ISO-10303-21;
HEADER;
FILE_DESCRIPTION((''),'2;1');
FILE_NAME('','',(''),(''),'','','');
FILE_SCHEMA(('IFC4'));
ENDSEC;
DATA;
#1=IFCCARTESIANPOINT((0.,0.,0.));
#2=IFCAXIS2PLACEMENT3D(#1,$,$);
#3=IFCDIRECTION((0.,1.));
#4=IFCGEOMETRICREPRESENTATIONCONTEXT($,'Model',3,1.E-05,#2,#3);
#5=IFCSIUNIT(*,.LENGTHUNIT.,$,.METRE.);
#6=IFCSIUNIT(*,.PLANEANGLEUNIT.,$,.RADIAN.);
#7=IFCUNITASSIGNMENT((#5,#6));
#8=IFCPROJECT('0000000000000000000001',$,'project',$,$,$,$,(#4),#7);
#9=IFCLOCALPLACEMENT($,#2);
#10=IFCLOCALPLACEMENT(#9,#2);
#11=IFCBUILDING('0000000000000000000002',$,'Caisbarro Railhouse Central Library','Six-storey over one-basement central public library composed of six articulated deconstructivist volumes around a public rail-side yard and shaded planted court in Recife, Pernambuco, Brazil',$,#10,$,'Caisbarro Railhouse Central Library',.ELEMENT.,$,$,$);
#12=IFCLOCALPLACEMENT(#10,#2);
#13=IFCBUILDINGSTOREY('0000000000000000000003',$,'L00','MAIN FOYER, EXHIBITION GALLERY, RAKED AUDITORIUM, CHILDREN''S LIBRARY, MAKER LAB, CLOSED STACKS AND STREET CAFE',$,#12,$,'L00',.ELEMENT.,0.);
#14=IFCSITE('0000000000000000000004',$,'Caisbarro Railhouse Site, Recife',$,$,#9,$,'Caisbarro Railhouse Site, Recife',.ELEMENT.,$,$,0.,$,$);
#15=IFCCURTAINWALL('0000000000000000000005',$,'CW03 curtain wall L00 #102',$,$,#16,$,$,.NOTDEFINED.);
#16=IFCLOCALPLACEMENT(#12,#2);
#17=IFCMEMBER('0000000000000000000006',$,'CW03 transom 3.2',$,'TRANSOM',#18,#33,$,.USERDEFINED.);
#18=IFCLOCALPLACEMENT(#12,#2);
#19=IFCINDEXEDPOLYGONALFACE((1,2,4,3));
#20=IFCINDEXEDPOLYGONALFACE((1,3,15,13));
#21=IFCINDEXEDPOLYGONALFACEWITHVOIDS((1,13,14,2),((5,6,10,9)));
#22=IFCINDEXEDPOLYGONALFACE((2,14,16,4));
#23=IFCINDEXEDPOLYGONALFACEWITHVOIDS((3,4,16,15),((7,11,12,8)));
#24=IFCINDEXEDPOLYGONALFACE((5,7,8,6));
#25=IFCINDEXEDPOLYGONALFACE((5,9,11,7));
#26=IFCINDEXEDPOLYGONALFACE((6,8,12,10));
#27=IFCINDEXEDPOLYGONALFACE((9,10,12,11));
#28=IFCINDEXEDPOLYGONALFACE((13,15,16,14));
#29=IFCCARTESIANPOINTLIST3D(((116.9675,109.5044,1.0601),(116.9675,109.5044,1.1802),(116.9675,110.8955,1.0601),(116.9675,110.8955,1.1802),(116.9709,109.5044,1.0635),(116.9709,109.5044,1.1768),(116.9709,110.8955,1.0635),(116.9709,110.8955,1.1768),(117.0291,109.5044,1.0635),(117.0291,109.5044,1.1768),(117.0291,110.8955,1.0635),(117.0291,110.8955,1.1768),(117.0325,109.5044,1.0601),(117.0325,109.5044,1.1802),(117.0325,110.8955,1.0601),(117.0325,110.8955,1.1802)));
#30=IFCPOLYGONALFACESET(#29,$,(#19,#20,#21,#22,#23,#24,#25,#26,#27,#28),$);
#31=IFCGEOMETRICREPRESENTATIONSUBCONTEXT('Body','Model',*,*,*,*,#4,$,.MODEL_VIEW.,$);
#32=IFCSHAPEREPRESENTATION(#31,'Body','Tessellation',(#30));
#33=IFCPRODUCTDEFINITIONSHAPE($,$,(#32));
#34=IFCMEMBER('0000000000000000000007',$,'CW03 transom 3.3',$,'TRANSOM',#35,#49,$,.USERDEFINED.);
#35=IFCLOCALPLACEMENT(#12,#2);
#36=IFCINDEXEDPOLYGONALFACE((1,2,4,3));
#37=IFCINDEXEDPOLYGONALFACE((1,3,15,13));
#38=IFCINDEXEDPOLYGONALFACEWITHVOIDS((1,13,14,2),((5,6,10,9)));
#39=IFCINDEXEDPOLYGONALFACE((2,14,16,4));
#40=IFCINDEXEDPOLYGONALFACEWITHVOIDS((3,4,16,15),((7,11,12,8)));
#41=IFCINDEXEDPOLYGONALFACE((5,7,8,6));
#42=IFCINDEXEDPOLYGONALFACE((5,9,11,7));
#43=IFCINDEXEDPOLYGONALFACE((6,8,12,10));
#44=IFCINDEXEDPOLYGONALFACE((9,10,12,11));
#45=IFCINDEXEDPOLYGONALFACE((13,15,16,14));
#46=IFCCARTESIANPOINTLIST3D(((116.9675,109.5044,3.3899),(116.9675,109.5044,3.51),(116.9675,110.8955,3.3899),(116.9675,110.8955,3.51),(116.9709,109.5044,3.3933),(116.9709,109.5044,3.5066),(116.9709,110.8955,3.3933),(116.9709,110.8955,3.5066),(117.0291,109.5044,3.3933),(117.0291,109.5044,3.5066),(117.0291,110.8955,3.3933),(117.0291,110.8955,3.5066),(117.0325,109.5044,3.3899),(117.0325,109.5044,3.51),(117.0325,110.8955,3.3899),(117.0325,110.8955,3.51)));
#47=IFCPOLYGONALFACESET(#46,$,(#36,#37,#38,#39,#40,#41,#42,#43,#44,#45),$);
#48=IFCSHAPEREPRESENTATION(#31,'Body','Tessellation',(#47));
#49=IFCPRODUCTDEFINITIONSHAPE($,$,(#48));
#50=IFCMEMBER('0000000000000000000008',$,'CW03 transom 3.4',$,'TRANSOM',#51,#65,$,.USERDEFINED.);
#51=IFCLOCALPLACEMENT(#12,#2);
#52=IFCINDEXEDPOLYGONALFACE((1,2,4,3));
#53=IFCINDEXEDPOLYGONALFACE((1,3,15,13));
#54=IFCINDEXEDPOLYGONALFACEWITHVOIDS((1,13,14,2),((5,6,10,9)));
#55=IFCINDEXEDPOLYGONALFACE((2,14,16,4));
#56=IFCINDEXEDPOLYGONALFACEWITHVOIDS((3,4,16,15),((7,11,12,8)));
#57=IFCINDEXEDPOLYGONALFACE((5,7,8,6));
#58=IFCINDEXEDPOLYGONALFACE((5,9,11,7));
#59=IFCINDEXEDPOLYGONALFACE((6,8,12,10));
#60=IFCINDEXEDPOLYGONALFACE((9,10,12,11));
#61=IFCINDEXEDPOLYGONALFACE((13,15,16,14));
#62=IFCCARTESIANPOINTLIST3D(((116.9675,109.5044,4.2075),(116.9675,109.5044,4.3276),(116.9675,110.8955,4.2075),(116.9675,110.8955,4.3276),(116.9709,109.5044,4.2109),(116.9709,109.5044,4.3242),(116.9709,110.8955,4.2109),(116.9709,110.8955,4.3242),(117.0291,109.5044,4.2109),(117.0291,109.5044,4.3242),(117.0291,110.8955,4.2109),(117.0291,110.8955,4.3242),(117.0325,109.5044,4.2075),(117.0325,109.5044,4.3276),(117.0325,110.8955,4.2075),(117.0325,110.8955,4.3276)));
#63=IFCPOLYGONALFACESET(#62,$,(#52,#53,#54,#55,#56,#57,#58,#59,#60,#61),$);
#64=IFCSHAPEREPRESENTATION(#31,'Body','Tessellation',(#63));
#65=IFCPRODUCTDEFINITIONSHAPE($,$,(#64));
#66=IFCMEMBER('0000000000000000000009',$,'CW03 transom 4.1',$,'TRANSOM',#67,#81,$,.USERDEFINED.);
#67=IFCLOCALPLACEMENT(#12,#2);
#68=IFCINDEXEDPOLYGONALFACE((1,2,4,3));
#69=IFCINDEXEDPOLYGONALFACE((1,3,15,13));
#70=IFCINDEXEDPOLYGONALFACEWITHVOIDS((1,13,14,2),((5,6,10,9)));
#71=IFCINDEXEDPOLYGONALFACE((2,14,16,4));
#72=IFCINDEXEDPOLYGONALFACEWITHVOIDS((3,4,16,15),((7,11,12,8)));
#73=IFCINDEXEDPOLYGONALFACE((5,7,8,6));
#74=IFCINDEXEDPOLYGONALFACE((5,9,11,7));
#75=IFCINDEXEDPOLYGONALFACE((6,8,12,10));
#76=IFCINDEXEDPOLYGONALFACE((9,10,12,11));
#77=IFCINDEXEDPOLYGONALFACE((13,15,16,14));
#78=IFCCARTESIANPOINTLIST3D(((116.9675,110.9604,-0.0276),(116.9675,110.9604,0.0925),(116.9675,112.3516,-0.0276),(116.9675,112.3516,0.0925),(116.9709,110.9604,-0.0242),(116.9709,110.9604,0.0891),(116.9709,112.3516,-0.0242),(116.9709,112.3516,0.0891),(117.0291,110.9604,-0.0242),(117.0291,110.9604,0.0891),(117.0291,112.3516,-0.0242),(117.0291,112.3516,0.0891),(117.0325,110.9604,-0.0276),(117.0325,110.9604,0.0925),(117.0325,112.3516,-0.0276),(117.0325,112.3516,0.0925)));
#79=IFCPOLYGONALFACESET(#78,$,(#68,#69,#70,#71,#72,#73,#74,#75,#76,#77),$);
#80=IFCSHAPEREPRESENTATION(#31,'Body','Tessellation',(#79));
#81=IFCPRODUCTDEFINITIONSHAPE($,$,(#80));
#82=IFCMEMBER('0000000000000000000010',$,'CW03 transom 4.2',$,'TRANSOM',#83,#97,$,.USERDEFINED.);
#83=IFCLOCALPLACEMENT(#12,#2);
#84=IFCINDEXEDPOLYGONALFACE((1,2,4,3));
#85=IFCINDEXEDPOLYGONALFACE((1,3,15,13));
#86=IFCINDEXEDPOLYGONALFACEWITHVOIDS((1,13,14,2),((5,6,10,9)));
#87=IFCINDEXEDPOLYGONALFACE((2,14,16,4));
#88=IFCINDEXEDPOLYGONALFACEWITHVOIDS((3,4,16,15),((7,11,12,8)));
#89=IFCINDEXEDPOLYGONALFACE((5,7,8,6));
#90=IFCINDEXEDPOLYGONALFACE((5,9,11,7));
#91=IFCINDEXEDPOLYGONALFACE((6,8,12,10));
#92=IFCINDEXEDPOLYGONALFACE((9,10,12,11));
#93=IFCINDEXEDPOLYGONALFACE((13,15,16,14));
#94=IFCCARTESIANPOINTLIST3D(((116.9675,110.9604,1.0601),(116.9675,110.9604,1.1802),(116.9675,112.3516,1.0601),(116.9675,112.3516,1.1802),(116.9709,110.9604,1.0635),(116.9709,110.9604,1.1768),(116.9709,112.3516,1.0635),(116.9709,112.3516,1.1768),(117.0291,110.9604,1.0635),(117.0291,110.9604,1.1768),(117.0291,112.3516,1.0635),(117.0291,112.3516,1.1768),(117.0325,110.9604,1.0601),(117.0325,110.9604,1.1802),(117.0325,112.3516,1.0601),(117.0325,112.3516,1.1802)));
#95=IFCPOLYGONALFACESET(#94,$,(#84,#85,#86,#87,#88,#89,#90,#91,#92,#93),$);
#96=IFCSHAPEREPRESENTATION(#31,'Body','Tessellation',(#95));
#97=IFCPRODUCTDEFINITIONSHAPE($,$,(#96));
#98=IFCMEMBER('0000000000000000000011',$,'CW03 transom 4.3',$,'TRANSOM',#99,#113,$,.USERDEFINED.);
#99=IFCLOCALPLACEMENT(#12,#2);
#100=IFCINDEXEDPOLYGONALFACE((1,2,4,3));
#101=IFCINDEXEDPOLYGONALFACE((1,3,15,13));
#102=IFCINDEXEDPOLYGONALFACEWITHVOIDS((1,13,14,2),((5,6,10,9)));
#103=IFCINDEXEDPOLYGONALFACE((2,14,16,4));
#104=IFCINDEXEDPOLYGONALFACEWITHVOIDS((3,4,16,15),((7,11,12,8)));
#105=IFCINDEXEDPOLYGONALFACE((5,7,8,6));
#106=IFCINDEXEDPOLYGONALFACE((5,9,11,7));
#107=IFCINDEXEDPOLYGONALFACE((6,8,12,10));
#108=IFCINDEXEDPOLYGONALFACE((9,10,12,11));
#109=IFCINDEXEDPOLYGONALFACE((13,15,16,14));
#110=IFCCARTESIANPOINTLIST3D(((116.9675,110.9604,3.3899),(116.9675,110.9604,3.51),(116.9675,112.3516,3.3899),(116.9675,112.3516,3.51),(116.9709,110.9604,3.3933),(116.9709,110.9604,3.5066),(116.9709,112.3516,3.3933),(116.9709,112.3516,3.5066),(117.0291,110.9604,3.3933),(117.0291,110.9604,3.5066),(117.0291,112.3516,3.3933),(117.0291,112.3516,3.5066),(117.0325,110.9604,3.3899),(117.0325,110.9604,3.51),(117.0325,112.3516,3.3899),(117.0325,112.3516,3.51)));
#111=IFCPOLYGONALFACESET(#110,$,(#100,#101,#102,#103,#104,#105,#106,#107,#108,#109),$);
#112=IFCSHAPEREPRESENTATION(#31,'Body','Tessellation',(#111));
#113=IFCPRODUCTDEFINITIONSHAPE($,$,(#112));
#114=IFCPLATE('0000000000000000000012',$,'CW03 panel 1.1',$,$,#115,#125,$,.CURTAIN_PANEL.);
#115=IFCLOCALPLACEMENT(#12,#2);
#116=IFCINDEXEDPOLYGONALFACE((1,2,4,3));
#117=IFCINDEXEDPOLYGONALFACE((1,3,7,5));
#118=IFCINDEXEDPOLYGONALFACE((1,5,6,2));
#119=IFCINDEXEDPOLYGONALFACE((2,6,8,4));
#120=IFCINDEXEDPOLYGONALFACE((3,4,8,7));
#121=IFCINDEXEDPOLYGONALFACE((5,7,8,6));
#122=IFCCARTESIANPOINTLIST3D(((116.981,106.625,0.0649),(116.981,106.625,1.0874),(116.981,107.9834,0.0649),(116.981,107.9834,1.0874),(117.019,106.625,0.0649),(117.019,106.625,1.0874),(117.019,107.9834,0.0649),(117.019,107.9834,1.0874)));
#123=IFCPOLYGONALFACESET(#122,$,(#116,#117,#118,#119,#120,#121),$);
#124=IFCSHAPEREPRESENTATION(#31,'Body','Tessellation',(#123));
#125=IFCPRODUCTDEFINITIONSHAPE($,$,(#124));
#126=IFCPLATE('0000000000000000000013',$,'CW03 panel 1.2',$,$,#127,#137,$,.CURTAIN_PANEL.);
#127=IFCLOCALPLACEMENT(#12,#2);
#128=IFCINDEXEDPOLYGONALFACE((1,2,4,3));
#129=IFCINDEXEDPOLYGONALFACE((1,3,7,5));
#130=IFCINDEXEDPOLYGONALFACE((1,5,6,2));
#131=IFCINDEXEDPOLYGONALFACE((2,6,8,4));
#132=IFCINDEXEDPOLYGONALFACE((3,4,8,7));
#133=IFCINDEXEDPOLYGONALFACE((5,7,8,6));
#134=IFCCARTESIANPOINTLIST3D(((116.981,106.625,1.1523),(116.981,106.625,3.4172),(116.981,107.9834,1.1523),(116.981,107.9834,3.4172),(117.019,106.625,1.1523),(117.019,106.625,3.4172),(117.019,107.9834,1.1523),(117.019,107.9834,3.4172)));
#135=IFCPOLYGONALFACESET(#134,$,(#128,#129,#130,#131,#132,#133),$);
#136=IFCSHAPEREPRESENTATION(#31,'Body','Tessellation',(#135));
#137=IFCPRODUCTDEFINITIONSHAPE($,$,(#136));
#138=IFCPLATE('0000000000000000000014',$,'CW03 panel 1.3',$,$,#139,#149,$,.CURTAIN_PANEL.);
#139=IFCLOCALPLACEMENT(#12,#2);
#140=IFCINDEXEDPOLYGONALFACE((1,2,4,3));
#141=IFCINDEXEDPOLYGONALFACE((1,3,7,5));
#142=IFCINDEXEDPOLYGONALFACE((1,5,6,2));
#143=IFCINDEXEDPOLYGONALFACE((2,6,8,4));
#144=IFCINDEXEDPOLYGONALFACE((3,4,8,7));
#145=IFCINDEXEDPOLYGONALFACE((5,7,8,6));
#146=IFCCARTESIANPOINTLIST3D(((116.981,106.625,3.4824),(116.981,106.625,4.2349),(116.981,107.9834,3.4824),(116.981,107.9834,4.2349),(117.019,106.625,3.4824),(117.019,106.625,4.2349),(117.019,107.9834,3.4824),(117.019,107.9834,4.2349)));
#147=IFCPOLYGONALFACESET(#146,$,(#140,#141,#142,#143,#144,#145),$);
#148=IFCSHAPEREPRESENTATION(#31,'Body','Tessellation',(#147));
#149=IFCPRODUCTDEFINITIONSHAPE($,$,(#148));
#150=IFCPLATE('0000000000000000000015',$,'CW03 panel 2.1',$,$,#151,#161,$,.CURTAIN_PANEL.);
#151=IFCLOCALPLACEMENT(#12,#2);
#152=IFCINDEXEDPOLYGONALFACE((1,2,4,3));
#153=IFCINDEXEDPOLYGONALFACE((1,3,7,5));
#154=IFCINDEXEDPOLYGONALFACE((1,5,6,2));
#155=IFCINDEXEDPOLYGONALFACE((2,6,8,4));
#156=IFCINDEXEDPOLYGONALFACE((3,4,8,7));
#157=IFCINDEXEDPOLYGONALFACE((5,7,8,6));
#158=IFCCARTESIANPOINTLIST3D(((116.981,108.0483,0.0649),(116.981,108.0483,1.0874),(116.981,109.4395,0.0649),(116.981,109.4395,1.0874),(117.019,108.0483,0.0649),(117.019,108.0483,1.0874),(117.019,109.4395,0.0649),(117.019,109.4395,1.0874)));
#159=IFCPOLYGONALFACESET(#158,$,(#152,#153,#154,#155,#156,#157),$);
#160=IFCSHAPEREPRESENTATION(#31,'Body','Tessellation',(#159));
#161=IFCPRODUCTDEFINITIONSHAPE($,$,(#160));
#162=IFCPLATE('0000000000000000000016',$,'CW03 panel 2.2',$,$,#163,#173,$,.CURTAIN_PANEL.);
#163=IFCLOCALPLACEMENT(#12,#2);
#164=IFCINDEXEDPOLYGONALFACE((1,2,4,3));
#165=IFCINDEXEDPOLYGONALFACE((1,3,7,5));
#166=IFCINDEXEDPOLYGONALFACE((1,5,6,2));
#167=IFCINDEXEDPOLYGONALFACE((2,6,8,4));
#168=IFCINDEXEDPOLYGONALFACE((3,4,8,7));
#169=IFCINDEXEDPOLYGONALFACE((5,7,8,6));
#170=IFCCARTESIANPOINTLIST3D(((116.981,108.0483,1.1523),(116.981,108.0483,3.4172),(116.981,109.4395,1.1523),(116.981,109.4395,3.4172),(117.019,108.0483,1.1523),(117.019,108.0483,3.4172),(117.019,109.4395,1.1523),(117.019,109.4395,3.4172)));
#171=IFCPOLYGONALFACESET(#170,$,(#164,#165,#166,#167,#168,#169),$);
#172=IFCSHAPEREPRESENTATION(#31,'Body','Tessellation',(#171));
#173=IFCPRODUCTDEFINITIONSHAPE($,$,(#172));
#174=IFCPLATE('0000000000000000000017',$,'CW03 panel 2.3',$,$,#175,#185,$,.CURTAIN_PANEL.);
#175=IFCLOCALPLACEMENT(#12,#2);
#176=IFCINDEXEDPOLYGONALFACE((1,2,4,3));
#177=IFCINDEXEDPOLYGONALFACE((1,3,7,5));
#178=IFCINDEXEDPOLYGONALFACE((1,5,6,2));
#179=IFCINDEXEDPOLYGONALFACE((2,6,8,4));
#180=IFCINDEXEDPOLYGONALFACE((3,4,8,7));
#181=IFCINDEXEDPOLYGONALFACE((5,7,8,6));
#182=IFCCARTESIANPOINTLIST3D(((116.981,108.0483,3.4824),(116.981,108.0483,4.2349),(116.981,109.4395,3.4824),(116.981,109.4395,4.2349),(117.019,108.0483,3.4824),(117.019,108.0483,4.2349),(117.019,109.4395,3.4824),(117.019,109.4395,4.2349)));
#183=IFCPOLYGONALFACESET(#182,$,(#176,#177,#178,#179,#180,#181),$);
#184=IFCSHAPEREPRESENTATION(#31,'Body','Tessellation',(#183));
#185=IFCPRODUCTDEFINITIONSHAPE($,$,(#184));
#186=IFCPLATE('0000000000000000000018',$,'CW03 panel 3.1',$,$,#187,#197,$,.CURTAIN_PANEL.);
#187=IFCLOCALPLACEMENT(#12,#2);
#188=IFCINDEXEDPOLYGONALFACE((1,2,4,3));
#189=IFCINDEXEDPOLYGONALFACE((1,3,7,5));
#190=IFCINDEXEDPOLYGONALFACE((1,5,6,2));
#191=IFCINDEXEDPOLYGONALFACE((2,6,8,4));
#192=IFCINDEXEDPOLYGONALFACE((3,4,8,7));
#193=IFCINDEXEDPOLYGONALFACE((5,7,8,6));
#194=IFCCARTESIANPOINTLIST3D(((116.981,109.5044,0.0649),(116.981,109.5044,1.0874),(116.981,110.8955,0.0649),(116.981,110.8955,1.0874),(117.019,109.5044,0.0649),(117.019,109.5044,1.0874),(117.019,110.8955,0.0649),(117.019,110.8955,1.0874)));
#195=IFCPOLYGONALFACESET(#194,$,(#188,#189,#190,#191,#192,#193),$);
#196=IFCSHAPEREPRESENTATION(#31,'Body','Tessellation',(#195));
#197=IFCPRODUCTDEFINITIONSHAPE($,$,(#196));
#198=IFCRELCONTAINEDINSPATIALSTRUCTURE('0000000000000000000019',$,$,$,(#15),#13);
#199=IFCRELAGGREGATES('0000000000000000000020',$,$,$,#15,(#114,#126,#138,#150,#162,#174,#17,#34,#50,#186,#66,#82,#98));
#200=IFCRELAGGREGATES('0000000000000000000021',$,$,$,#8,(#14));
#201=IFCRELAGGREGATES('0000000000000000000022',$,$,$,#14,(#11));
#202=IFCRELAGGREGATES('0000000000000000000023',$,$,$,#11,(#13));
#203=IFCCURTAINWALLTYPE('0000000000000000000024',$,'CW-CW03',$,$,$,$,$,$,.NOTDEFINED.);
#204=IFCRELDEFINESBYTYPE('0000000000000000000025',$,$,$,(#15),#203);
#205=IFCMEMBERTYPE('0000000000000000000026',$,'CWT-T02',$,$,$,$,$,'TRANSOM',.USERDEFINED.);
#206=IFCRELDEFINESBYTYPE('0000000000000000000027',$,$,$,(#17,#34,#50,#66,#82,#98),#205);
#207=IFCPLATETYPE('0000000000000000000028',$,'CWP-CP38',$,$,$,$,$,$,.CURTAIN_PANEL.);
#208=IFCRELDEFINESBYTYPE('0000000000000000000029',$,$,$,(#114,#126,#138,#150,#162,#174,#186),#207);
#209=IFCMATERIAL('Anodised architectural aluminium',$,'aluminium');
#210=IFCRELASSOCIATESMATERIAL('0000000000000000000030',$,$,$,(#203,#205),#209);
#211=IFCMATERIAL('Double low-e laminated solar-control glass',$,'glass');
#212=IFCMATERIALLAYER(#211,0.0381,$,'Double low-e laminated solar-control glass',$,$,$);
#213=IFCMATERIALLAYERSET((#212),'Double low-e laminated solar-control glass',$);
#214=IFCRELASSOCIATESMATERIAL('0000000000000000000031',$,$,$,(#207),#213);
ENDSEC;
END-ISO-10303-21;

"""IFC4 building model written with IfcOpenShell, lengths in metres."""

from ifc_helpers import new_model, si_unit, direction, frame, origin, origin_2d, place, context, subcontext, project, spatial, rectangle, hollow_rectangle, extrude, material, layer, layer_set, material_profile, profile_set, type_object, element, aggregate, save


model = new_model("IFC4")

# Units and contexts
model_context = context("Model", 3, precision=1e-05, world=origin(), true_north=direction((0.0, 1.0)))
body_context = subcontext(model_context, "Body", "Model", "MODEL_VIEW")
ifc_project = project(units=[si_unit("LENGTHUNIT", "METRE"), si_unit("PLANEANGLEUNIT", "RADIAN")], contexts=[model_context])

# Site, building, storey
site_placement = place(None, origin())
site = spatial("IfcSite", under=ifc_project, at=site_placement, Name="Caisbarro Railhouse Site, Recife", LongName="Caisbarro Railhouse Site, Recife", CompositionType="ELEMENT", RefElevation=0.0)
building_placement = place(site_placement, origin())
building = spatial("IfcBuilding", under=site, at=building_placement, Name="Caisbarro Railhouse Central Library", Description="Six-storey over one-basement central public library composed of six articulated deconstructivist volumes around a public rail-side yard and shaded planted court in Recife, Pernambuco, Brazil", LongName="Caisbarro Railhouse Central Library", CompositionType="ELEMENT")
storey_placement = place(building_placement, origin())
storey = spatial("IfcBuildingStorey", under=building, at=storey_placement, Name="L00", Description="MAIN FOYER, EXHIBITION GALLERY, RAKED AUDITORIUM, CHILDREN'S LIBRARY, MAKER LAB, CLOSED STACKS AND STREET CAFE", LongName="L00", CompositionType="ELEMENT", Elevation=0.0)

# Curtain wall, members, plates
ifc_material_1 = material(Name="Anodised architectural aluminium", Category="aluminium")
curtain_wall_type = type_object("IfcCurtainWallType", Name="CW-CW03", PredefinedType="NOTDEFINED", material=ifc_material_1)
curtain_wall_placement = place(storey_placement, origin())
curtain_wall = element("IfcCurtainWall", 1, at=curtain_wall_placement, inside=storey, type_object=curtain_wall_type, Name="CW03 curtain wall L00 #102", PredefinedType="NOTDEFINED")
ifc_material_profile_1 = material_profile(ifc_material_1, hollow_rectangle(XDim=0.0649, YDim=0.1201, WallThickness=0.0034, at=origin_2d()), Name="ALU-TRN-65X120")
ifc_profile_set_1 = profile_set([ifc_material_profile_1], Name="Anodised architectural aluminium")
member_type_1 = type_object("IfcMemberType", Name="CWT-T02", ElementType="TRANSOM", PredefinedType="USERDEFINED", material=ifc_profile_set_1)
member_1_placement = place(storey_placement, frame((117.0, 109.5044, 1.1201), z_axis=(0.0, 1.0, 0.0), x_axis=(-1.0, 0.0, 0.0)))
member_1 = element("IfcMember", 2, at=member_1_placement, type_object=member_type_1, Name="CW03 transom 3.2", ObjectType="TRANSOM", PredefinedType="USERDEFINED", context=body_context, shape_type="SweptSolid", body=[
    extrude(hollow_rectangle(XDim=0.0649, YDim=0.1201, WallThickness=0.0034, at=origin_2d()), origin(), (0.0, 0.0, 1.0), 1.3911),
])
member_2_placement = place(storey_placement, frame((117.0, 109.5044, 3.45), z_axis=(0.0, 1.0, 0.0), x_axis=(-1.0, 0.0, 0.0)))
member_2 = element("IfcMember", 3, at=member_2_placement, type_object=member_type_1, Name="CW03 transom 3.3", ObjectType="TRANSOM", PredefinedType="USERDEFINED", context=body_context, shape_type="SweptSolid", body=[
    extrude(hollow_rectangle(XDim=0.0649, YDim=0.1201, WallThickness=0.0034, at=origin_2d()), origin(), (0.0, 0.0, 1.0), 1.3911),
])
member_3_placement = place(storey_placement, frame((117.0, 109.5044, 4.2676), z_axis=(0.0, 1.0, 0.0), x_axis=(-1.0, 0.0, 0.0)))
member_3 = element("IfcMember", 4, at=member_3_placement, type_object=member_type_1, Name="CW03 transom 3.4", ObjectType="TRANSOM", PredefinedType="USERDEFINED", context=body_context, shape_type="SweptSolid", body=[
    extrude(hollow_rectangle(XDim=0.0649, YDim=0.1201, WallThickness=0.0034, at=origin_2d()), origin(), (0.0, 0.0, 1.0), 1.3911),
])
member_4_placement = place(storey_placement, frame((117.0, 110.9604, 0.0325), z_axis=(0.0, 1.0, 0.0), x_axis=(-1.0, 0.0, 0.0)))
member_4 = element("IfcMember", 5, at=member_4_placement, type_object=member_type_1, Name="CW03 transom 4.1", ObjectType="TRANSOM", PredefinedType="USERDEFINED", context=body_context, shape_type="SweptSolid", body=[
    extrude(hollow_rectangle(XDim=0.0649, YDim=0.1201, WallThickness=0.0034, at=origin_2d()), origin(), (0.0, 0.0, 1.0), 1.3911),
])
member_5_placement = place(storey_placement, frame((117.0, 110.9604, 1.1201), z_axis=(0.0, 1.0, 0.0), x_axis=(-1.0, 0.0, 0.0)))
member_5 = element("IfcMember", 6, at=member_5_placement, type_object=member_type_1, Name="CW03 transom 4.2", ObjectType="TRANSOM", PredefinedType="USERDEFINED", context=body_context, shape_type="SweptSolid", body=[
    extrude(hollow_rectangle(XDim=0.0649, YDim=0.1201, WallThickness=0.0034, at=origin_2d()), origin(), (0.0, 0.0, 1.0), 1.3911),
])
member_6_placement = place(storey_placement, frame((117.0, 110.9604, 3.45), z_axis=(0.0, 1.0, 0.0), x_axis=(-1.0, 0.0, 0.0)))
member_6 = element("IfcMember", 7, at=member_6_placement, type_object=member_type_1, Name="CW03 transom 4.3", ObjectType="TRANSOM", PredefinedType="USERDEFINED", context=body_context, shape_type="SweptSolid", body=[
    extrude(hollow_rectangle(XDim=0.0649, YDim=0.1201, WallThickness=0.0034, at=origin_2d()), origin(), (0.0, 0.0, 1.0), 1.3911),
])
ifc_material_2 = material(Name="Double low-e laminated solar-control glass", Category="glass")
ifc_layer_1 = layer(ifc_material_2, 0.0381, Name="Double low-e laminated solar-control glass")
ifc_layer_set_1 = layer_set([ifc_layer_1], Name="Double low-e laminated solar-control glass")
plate_type = type_object("IfcPlateType", Name="CWP-CP38", PredefinedType="CURTAIN_PANEL", material=ifc_layer_set_1)
plate_1_placement = place(storey_placement, frame((117.0, 107.3042, 0.0649), z_axis=(0.0, 0.0, 1.0), x_axis=(0.0, 1.0, 0.0)))
plate_1 = element("IfcPlate", 8, at=plate_1_placement, type_object=plate_type, Name="CW03 panel 1.1", PredefinedType="CURTAIN_PANEL", context=body_context, shape_type="SweptSolid", body=[
    extrude(rectangle(XDim=1.3584, YDim=0.0381, at=origin_2d()), origin(), (0.0, 0.0, 1.0), 1.0225),
])
plate_2_placement = place(storey_placement, frame((117.0, 107.3042, 1.1523), z_axis=(0.0, 0.0, 1.0), x_axis=(0.0, 1.0, 0.0)))
plate_2 = element("IfcPlate", 9, at=plate_2_placement, type_object=plate_type, Name="CW03 panel 1.2", PredefinedType="CURTAIN_PANEL", context=body_context, shape_type="SweptSolid", body=[
    extrude(rectangle(XDim=1.3584, YDim=0.0381, at=origin_2d()), origin(), (0.0, 0.0, 1.0), 2.2649),
])
plate_3_placement = place(storey_placement, frame((117.0, 107.3042, 3.4824), z_axis=(0.0, 0.0, 1.0), x_axis=(0.0, 1.0, 0.0)))
plate_3 = element("IfcPlate", 10, at=plate_3_placement, type_object=plate_type, Name="CW03 panel 1.3", PredefinedType="CURTAIN_PANEL", context=body_context, shape_type="SweptSolid", body=[
    extrude(rectangle(XDim=1.3584, YDim=0.0381, at=origin_2d()), origin(), (0.0, 0.0, 1.0), 0.7524),
])
plate_4_placement = place(storey_placement, frame((117.0, 108.7439, 0.0649), z_axis=(0.0, 0.0, 1.0), x_axis=(0.0, 1.0, 0.0)))
plate_4 = element("IfcPlate", 11, at=plate_4_placement, type_object=plate_type, Name="CW03 panel 2.1", PredefinedType="CURTAIN_PANEL", context=body_context, shape_type="SweptSolid", body=[
    extrude(rectangle(XDim=1.3911, YDim=0.0381, at=origin_2d()), origin(), (0.0, 0.0, 1.0), 1.0225),
])
plate_5_placement = place(storey_placement, frame((117.0, 108.7439, 1.1523), z_axis=(0.0, 0.0, 1.0), x_axis=(0.0, 1.0, 0.0)))
plate_5 = element("IfcPlate", 12, at=plate_5_placement, type_object=plate_type, Name="CW03 panel 2.2", PredefinedType="CURTAIN_PANEL", context=body_context, shape_type="SweptSolid", body=[
    extrude(rectangle(XDim=1.3911, YDim=0.0381, at=origin_2d()), origin(), (0.0, 0.0, 1.0), 2.2649),
])
plate_6_placement = place(storey_placement, frame((117.0, 108.7439, 3.4824), z_axis=(0.0, 0.0, 1.0), x_axis=(0.0, 1.0, 0.0)))
plate_6 = element("IfcPlate", 13, at=plate_6_placement, type_object=plate_type, Name="CW03 panel 2.3", PredefinedType="CURTAIN_PANEL", context=body_context, shape_type="SweptSolid", body=[
    extrude(rectangle(XDim=1.3911, YDim=0.0381, at=origin_2d()), origin(), (0.0, 0.0, 1.0), 0.7524),
])
plate_7_placement = place(storey_placement, frame((117.0, 110.2, 0.0649), z_axis=(0.0, 0.0, 1.0), x_axis=(0.0, 1.0, 0.0)))
plate_7 = element("IfcPlate", 14, at=plate_7_placement, type_object=plate_type, Name="CW03 panel 3.1", PredefinedType="CURTAIN_PANEL", context=body_context, shape_type="SweptSolid", body=[
    extrude(rectangle(XDim=1.3911, YDim=0.0381, at=origin_2d()), origin(), (0.0, 0.0, 1.0), 1.0225),
])
aggregate(curtain_wall, [plate_1, plate_2, plate_3, plate_4, plate_5, plate_6, member_1, member_2, member_3, plate_7, member_4, member_5, member_6])

save(model, "model.ifc")
